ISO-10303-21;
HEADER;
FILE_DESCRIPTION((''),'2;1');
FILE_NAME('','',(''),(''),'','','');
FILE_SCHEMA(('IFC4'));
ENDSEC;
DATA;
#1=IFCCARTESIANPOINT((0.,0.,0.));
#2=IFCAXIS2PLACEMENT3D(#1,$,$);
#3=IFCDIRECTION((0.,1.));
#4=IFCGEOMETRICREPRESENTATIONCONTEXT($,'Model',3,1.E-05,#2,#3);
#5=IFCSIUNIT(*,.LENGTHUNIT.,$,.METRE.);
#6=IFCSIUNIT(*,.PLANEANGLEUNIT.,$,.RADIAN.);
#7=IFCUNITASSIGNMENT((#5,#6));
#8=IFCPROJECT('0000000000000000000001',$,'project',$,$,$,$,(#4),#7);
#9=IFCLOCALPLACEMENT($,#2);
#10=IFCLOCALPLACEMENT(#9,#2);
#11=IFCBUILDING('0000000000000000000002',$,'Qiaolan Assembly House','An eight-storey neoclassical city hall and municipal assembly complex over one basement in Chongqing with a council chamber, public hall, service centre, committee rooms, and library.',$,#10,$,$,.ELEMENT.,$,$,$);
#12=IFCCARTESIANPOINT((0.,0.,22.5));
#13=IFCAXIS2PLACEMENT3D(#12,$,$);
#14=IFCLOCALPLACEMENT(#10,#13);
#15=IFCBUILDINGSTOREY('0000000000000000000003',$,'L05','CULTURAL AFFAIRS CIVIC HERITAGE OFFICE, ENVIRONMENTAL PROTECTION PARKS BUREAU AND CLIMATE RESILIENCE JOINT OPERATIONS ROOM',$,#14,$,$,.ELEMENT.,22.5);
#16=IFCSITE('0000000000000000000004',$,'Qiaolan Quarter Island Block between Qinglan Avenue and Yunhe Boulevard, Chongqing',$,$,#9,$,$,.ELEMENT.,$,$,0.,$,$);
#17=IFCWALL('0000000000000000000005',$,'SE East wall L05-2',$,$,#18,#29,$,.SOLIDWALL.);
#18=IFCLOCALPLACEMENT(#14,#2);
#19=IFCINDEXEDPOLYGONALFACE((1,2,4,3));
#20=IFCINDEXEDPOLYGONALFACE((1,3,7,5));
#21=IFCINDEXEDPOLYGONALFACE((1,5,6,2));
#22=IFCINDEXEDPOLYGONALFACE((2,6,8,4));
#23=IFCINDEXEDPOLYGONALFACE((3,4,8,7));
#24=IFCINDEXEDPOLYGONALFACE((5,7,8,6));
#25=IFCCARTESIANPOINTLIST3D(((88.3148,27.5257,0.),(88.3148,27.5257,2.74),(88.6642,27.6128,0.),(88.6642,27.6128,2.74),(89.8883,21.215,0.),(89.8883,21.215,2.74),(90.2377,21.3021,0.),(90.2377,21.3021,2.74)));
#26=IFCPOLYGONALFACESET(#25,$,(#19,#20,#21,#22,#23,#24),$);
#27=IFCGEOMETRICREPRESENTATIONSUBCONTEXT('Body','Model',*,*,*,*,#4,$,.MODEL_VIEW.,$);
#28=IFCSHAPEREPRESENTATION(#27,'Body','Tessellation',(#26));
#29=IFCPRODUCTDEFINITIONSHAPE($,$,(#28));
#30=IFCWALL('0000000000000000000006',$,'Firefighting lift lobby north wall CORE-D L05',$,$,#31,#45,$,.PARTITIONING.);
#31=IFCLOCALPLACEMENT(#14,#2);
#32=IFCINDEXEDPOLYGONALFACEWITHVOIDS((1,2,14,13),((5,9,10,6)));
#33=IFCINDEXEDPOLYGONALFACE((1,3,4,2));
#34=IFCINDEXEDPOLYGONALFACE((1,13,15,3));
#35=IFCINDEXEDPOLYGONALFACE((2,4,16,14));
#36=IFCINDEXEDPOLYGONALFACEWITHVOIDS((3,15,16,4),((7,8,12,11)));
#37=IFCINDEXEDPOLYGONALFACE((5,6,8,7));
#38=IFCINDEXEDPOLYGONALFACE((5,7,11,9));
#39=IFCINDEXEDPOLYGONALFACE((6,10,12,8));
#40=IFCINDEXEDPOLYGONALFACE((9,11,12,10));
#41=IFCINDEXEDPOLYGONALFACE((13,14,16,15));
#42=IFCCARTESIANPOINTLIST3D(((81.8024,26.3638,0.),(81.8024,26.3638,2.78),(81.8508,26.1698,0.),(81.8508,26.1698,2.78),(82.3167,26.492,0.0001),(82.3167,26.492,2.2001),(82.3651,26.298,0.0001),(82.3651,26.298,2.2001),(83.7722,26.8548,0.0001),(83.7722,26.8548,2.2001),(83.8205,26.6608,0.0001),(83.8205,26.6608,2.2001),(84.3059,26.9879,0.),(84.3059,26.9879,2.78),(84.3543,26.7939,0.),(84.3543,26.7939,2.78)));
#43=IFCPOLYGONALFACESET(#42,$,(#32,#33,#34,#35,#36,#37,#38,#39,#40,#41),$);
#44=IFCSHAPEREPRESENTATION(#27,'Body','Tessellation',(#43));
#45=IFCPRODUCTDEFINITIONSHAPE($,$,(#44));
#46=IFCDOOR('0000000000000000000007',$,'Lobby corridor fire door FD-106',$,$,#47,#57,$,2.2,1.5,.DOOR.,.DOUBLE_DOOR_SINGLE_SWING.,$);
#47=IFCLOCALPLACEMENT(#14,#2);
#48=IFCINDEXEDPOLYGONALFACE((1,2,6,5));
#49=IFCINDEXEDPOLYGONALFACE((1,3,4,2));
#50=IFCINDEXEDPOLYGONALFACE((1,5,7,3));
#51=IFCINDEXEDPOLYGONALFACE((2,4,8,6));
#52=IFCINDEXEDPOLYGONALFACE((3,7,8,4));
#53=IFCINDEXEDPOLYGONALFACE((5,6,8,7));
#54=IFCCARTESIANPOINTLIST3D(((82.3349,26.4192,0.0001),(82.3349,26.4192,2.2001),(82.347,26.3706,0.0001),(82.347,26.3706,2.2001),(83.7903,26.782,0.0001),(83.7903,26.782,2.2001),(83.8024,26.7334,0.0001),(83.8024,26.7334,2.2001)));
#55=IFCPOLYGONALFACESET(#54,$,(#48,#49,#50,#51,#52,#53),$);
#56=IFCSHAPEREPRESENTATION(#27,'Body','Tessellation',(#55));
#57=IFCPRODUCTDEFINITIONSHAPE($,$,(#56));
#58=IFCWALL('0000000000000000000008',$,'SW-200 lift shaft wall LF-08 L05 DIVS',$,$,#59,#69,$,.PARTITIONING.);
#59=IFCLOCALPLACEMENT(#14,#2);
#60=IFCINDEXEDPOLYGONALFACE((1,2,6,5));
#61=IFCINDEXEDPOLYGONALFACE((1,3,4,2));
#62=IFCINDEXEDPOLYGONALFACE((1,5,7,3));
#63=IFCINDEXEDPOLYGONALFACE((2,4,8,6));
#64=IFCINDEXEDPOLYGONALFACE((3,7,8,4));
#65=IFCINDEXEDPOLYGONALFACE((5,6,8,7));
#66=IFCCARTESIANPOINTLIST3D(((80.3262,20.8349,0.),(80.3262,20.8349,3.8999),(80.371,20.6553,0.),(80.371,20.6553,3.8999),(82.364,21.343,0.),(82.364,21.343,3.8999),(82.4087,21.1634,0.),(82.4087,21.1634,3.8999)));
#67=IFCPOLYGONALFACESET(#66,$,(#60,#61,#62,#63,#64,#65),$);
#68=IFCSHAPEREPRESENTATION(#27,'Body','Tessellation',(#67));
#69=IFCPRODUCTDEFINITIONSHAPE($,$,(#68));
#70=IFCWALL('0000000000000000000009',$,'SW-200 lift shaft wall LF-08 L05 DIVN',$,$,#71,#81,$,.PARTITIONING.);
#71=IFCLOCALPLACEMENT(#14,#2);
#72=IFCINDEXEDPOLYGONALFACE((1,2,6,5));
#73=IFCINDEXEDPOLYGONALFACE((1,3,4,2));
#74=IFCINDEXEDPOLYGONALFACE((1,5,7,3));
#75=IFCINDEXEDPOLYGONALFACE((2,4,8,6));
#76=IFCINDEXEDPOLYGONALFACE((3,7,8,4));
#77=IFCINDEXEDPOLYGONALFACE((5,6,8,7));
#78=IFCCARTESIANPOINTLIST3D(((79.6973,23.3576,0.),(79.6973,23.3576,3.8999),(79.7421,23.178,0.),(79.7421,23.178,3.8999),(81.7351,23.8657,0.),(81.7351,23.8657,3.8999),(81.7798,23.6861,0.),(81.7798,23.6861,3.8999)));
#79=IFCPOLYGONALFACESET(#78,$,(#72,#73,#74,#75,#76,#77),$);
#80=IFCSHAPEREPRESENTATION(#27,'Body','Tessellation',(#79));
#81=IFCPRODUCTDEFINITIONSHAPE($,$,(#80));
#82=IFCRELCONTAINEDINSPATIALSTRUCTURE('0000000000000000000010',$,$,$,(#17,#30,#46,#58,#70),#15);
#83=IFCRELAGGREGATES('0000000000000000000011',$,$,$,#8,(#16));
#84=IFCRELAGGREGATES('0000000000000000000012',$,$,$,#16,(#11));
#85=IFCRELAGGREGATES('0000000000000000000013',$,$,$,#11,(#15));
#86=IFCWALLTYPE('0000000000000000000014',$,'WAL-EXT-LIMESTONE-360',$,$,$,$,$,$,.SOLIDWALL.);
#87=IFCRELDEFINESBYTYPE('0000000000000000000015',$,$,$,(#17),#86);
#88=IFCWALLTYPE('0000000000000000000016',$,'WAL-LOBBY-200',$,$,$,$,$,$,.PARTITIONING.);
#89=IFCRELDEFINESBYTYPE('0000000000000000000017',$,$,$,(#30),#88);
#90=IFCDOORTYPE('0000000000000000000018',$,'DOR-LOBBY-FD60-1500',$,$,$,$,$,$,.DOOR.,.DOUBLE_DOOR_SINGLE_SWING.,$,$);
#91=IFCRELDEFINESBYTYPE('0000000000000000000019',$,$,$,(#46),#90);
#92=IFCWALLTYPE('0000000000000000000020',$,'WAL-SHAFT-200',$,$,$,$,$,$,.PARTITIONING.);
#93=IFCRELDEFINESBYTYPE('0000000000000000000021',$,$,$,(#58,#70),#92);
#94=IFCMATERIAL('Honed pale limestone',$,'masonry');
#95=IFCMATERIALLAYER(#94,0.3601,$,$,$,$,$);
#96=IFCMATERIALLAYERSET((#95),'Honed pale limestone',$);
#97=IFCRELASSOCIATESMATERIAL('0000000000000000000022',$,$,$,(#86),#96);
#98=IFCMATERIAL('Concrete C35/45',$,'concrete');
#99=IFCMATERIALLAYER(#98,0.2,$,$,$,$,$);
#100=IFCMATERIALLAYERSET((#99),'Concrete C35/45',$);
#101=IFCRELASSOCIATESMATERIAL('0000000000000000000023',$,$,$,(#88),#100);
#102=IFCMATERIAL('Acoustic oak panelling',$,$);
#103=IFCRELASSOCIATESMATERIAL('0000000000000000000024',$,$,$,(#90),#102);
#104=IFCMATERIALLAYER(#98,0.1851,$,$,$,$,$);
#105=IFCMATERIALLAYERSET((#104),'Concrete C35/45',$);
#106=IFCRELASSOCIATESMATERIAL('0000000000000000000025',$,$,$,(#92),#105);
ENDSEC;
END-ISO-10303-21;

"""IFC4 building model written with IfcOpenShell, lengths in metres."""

from ifc_helpers import new_model, si_unit, direction, frame, frame_2d, origin, place, context, subcontext, project, spatial, rectangle, extrude, material, layer, layer_set, type_object, element, fill, save


model = new_model("IFC4")

# Units and contexts
model_context = context("Model", 3, precision=1e-05, world=origin(), true_north=direction((0.0, 1.0)))
body_context = subcontext(model_context, "Body", "Model", "MODEL_VIEW")
ifc_project = project(units=[si_unit("LENGTHUNIT", "METRE"), si_unit("PLANEANGLEUNIT", "RADIAN")], contexts=[model_context])

# Site, building, storey
site_placement = place(None, origin())
site = spatial("IfcSite", under=ifc_project, at=site_placement, Name="Qiaolan Quarter Island Block between Qinglan Avenue and Yunhe Boulevard, Chongqing", CompositionType="ELEMENT", RefElevation=0.0)
building_placement = place(site_placement, origin())
building = spatial("IfcBuilding", under=site, at=building_placement, Name="Qiaolan Assembly House", Description="An eight-storey neoclassical city hall and municipal assembly complex over one basement in Chongqing with a council chamber, public hall, service centre, committee rooms, and library.", CompositionType="ELEMENT")
storey_placement = place(building_placement, frame((0.0, 0.0, 22.5)))
storey = spatial("IfcBuildingStorey", under=building, at=storey_placement, Name="L05", Description="CULTURAL AFFAIRS CIVIC HERITAGE OFFICE, ENVIRONMENTAL PROTECTION PARKS BUREAU AND CLIMATE RESILIENCE JOINT OPERATIONS ROOM", CompositionType="ELEMENT", Elevation=22.5)

# Wall
ifc_material_1 = material(Name="Honed pale limestone", Category="masonry")
ifc_layer_1 = layer(ifc_material_1, 0.3601)
ifc_layer_set_1 = layer_set([ifc_layer_1], Name="Honed pale limestone")
wall_type_1 = type_object("IfcWallType", Name="WAL-EXT-LIMESTONE-360", PredefinedType="SOLIDWALL", material=ifc_layer_set_1)
wall_1_placement = place(storey_placement, frame((90.063, 21.2585, 0.0), z_axis=(0.0, 0.0, 1.0), x_axis=(-0.241926, 0.970295, 0.0)))
element("IfcWall", 1, at=wall_1_placement, inside=storey, type_object=wall_type_1, Name="SE East wall L05-2", PredefinedType="SOLIDWALL", context=body_context, shape_type="SweptSolid", body=[
    extrude(rectangle(XDim=6.5039, YDim=0.3601, at=frame_2d((3.252, 0.0))), origin(), (0.0, 0.0, 1.0), 2.74),
])

# Wall, opening, door
ifc_material_2 = material(Name="Concrete C35/45", Category="concrete")
ifc_layer_2 = layer(ifc_material_2, 0.2)
ifc_layer_set_2 = layer_set([ifc_layer_2], Name="Concrete C35/45")
wall_type_2 = type_object("IfcWallType", Name="WAL-LOBBY-200", PredefinedType="PARTITIONING", material=ifc_layer_set_2)
wall_2_placement = place(storey_placement, frame((84.3301, 26.8909, 0.0), z_axis=(0.0, 0.0, 1.0), x_axis=(-0.970309, -0.241868, 0.0)))
wall_2 = element("IfcWall", 2, at=wall_2_placement, inside=storey, type_object=wall_type_2, Name="Firefighting lift lobby north wall CORE-D L05", PredefinedType="PARTITIONING", context=body_context, shape_type="SweptSolid", body=[
    extrude(rectangle(XDim=2.5801, YDim=0.2, at=frame_2d((1.29, 0.0))), origin(), (0.0, 0.0, 1.0), 2.78),
])
opening_1_placement = place(wall_2_placement, frame((0.55, 0.0, 0.0)))
opening_1 = element("IfcOpeningElement", 3, at=opening_1_placement, cuts=wall_2, PredefinedType="OPENING", context=body_context, shape_type="SweptSolid", body=[
    extrude(rectangle(XDim=1.5, YDim=2.2, at=frame_2d((0.75, 1.1001))), frame((0.0, 0.1099, 0.0), z_axis=(0.0, -1.0, 0.0), x_axis=(1.0, 0.0, 0.0)), (0.0, 0.0, 1.0), 0.22),
])
ifc_material_3 = material(Name="Acoustic oak panelling")
door_type_1 = type_object("IfcDoorType", Name="DOR-LOBBY-FD60-1500", OperationType="DOUBLE_DOOR_SINGLE_SWING", PredefinedType="DOOR", material=ifc_material_3)
door_1_placement = place(opening_1_placement, frame((1.5, 0.0, 0.0), z_axis=(0.0, 0.0, 1.0), x_axis=(-1.0, 0.0, 0.0)))
door_1 = element("IfcDoor", 4, at=door_1_placement, inside=storey, type_object=door_type_1, Name="Lobby corridor fire door FD-106", OperationType="DOUBLE_DOOR_SINGLE_SWING", OverallHeight=2.2, OverallWidth=1.5, PredefinedType="DOOR", context=body_context, shape_type="SweptSolid", body=[
    extrude(rectangle(XDim=1.5, YDim=2.2, at=frame_2d((0.75, 1.1001))), frame((0.0, 0.0249, 0.0), z_axis=(0.0, -1.0, 0.0), x_axis=(1.0, 0.0, 0.0)), (0.0, 0.0, 1.0), 0.05),
])
fill(opening_1, door_1)

# Walls
ifc_layer_3 = layer(ifc_material_2, 0.1851)
ifc_layer_set_3 = layer_set([ifc_layer_3], Name="Concrete C35/45")
wall_type_3 = type_object("IfcWallType", Name="WAL-SHAFT-200", PredefinedType="PARTITIONING", material=ifc_layer_set_3)
for number, where, z_axis, x_axis, name in (
    (5, (80.3486, 20.7451, 0.0), (0.0, 0.0, 1.0), (0.970293, 0.241934, 0.0), "SW-200 lift shaft wall LF-08 L05 DIVS"),
    (6, (79.7197, 23.2678, 0.0), (0.0, 0.0, 1.0), (0.970293, 0.241934, 0.0), "SW-200 lift shaft wall LF-08 L05 DIVN"),
):
    element("IfcWall", number, at=place(storey_placement, frame(where, z_axis=z_axis, x_axis=x_axis)), inside=storey, type_object=wall_type_3, Name=name, PredefinedType="PARTITIONING", context=body_context, shape_type="SweptSolid", body=[
        extrude(rectangle(XDim=2.1001, YDim=0.1851, at=frame_2d((1.05, 0.0))), origin(), (0.0, 0.0, 1.0), 3.8999),
    ])

save(model, "model.ifc")
